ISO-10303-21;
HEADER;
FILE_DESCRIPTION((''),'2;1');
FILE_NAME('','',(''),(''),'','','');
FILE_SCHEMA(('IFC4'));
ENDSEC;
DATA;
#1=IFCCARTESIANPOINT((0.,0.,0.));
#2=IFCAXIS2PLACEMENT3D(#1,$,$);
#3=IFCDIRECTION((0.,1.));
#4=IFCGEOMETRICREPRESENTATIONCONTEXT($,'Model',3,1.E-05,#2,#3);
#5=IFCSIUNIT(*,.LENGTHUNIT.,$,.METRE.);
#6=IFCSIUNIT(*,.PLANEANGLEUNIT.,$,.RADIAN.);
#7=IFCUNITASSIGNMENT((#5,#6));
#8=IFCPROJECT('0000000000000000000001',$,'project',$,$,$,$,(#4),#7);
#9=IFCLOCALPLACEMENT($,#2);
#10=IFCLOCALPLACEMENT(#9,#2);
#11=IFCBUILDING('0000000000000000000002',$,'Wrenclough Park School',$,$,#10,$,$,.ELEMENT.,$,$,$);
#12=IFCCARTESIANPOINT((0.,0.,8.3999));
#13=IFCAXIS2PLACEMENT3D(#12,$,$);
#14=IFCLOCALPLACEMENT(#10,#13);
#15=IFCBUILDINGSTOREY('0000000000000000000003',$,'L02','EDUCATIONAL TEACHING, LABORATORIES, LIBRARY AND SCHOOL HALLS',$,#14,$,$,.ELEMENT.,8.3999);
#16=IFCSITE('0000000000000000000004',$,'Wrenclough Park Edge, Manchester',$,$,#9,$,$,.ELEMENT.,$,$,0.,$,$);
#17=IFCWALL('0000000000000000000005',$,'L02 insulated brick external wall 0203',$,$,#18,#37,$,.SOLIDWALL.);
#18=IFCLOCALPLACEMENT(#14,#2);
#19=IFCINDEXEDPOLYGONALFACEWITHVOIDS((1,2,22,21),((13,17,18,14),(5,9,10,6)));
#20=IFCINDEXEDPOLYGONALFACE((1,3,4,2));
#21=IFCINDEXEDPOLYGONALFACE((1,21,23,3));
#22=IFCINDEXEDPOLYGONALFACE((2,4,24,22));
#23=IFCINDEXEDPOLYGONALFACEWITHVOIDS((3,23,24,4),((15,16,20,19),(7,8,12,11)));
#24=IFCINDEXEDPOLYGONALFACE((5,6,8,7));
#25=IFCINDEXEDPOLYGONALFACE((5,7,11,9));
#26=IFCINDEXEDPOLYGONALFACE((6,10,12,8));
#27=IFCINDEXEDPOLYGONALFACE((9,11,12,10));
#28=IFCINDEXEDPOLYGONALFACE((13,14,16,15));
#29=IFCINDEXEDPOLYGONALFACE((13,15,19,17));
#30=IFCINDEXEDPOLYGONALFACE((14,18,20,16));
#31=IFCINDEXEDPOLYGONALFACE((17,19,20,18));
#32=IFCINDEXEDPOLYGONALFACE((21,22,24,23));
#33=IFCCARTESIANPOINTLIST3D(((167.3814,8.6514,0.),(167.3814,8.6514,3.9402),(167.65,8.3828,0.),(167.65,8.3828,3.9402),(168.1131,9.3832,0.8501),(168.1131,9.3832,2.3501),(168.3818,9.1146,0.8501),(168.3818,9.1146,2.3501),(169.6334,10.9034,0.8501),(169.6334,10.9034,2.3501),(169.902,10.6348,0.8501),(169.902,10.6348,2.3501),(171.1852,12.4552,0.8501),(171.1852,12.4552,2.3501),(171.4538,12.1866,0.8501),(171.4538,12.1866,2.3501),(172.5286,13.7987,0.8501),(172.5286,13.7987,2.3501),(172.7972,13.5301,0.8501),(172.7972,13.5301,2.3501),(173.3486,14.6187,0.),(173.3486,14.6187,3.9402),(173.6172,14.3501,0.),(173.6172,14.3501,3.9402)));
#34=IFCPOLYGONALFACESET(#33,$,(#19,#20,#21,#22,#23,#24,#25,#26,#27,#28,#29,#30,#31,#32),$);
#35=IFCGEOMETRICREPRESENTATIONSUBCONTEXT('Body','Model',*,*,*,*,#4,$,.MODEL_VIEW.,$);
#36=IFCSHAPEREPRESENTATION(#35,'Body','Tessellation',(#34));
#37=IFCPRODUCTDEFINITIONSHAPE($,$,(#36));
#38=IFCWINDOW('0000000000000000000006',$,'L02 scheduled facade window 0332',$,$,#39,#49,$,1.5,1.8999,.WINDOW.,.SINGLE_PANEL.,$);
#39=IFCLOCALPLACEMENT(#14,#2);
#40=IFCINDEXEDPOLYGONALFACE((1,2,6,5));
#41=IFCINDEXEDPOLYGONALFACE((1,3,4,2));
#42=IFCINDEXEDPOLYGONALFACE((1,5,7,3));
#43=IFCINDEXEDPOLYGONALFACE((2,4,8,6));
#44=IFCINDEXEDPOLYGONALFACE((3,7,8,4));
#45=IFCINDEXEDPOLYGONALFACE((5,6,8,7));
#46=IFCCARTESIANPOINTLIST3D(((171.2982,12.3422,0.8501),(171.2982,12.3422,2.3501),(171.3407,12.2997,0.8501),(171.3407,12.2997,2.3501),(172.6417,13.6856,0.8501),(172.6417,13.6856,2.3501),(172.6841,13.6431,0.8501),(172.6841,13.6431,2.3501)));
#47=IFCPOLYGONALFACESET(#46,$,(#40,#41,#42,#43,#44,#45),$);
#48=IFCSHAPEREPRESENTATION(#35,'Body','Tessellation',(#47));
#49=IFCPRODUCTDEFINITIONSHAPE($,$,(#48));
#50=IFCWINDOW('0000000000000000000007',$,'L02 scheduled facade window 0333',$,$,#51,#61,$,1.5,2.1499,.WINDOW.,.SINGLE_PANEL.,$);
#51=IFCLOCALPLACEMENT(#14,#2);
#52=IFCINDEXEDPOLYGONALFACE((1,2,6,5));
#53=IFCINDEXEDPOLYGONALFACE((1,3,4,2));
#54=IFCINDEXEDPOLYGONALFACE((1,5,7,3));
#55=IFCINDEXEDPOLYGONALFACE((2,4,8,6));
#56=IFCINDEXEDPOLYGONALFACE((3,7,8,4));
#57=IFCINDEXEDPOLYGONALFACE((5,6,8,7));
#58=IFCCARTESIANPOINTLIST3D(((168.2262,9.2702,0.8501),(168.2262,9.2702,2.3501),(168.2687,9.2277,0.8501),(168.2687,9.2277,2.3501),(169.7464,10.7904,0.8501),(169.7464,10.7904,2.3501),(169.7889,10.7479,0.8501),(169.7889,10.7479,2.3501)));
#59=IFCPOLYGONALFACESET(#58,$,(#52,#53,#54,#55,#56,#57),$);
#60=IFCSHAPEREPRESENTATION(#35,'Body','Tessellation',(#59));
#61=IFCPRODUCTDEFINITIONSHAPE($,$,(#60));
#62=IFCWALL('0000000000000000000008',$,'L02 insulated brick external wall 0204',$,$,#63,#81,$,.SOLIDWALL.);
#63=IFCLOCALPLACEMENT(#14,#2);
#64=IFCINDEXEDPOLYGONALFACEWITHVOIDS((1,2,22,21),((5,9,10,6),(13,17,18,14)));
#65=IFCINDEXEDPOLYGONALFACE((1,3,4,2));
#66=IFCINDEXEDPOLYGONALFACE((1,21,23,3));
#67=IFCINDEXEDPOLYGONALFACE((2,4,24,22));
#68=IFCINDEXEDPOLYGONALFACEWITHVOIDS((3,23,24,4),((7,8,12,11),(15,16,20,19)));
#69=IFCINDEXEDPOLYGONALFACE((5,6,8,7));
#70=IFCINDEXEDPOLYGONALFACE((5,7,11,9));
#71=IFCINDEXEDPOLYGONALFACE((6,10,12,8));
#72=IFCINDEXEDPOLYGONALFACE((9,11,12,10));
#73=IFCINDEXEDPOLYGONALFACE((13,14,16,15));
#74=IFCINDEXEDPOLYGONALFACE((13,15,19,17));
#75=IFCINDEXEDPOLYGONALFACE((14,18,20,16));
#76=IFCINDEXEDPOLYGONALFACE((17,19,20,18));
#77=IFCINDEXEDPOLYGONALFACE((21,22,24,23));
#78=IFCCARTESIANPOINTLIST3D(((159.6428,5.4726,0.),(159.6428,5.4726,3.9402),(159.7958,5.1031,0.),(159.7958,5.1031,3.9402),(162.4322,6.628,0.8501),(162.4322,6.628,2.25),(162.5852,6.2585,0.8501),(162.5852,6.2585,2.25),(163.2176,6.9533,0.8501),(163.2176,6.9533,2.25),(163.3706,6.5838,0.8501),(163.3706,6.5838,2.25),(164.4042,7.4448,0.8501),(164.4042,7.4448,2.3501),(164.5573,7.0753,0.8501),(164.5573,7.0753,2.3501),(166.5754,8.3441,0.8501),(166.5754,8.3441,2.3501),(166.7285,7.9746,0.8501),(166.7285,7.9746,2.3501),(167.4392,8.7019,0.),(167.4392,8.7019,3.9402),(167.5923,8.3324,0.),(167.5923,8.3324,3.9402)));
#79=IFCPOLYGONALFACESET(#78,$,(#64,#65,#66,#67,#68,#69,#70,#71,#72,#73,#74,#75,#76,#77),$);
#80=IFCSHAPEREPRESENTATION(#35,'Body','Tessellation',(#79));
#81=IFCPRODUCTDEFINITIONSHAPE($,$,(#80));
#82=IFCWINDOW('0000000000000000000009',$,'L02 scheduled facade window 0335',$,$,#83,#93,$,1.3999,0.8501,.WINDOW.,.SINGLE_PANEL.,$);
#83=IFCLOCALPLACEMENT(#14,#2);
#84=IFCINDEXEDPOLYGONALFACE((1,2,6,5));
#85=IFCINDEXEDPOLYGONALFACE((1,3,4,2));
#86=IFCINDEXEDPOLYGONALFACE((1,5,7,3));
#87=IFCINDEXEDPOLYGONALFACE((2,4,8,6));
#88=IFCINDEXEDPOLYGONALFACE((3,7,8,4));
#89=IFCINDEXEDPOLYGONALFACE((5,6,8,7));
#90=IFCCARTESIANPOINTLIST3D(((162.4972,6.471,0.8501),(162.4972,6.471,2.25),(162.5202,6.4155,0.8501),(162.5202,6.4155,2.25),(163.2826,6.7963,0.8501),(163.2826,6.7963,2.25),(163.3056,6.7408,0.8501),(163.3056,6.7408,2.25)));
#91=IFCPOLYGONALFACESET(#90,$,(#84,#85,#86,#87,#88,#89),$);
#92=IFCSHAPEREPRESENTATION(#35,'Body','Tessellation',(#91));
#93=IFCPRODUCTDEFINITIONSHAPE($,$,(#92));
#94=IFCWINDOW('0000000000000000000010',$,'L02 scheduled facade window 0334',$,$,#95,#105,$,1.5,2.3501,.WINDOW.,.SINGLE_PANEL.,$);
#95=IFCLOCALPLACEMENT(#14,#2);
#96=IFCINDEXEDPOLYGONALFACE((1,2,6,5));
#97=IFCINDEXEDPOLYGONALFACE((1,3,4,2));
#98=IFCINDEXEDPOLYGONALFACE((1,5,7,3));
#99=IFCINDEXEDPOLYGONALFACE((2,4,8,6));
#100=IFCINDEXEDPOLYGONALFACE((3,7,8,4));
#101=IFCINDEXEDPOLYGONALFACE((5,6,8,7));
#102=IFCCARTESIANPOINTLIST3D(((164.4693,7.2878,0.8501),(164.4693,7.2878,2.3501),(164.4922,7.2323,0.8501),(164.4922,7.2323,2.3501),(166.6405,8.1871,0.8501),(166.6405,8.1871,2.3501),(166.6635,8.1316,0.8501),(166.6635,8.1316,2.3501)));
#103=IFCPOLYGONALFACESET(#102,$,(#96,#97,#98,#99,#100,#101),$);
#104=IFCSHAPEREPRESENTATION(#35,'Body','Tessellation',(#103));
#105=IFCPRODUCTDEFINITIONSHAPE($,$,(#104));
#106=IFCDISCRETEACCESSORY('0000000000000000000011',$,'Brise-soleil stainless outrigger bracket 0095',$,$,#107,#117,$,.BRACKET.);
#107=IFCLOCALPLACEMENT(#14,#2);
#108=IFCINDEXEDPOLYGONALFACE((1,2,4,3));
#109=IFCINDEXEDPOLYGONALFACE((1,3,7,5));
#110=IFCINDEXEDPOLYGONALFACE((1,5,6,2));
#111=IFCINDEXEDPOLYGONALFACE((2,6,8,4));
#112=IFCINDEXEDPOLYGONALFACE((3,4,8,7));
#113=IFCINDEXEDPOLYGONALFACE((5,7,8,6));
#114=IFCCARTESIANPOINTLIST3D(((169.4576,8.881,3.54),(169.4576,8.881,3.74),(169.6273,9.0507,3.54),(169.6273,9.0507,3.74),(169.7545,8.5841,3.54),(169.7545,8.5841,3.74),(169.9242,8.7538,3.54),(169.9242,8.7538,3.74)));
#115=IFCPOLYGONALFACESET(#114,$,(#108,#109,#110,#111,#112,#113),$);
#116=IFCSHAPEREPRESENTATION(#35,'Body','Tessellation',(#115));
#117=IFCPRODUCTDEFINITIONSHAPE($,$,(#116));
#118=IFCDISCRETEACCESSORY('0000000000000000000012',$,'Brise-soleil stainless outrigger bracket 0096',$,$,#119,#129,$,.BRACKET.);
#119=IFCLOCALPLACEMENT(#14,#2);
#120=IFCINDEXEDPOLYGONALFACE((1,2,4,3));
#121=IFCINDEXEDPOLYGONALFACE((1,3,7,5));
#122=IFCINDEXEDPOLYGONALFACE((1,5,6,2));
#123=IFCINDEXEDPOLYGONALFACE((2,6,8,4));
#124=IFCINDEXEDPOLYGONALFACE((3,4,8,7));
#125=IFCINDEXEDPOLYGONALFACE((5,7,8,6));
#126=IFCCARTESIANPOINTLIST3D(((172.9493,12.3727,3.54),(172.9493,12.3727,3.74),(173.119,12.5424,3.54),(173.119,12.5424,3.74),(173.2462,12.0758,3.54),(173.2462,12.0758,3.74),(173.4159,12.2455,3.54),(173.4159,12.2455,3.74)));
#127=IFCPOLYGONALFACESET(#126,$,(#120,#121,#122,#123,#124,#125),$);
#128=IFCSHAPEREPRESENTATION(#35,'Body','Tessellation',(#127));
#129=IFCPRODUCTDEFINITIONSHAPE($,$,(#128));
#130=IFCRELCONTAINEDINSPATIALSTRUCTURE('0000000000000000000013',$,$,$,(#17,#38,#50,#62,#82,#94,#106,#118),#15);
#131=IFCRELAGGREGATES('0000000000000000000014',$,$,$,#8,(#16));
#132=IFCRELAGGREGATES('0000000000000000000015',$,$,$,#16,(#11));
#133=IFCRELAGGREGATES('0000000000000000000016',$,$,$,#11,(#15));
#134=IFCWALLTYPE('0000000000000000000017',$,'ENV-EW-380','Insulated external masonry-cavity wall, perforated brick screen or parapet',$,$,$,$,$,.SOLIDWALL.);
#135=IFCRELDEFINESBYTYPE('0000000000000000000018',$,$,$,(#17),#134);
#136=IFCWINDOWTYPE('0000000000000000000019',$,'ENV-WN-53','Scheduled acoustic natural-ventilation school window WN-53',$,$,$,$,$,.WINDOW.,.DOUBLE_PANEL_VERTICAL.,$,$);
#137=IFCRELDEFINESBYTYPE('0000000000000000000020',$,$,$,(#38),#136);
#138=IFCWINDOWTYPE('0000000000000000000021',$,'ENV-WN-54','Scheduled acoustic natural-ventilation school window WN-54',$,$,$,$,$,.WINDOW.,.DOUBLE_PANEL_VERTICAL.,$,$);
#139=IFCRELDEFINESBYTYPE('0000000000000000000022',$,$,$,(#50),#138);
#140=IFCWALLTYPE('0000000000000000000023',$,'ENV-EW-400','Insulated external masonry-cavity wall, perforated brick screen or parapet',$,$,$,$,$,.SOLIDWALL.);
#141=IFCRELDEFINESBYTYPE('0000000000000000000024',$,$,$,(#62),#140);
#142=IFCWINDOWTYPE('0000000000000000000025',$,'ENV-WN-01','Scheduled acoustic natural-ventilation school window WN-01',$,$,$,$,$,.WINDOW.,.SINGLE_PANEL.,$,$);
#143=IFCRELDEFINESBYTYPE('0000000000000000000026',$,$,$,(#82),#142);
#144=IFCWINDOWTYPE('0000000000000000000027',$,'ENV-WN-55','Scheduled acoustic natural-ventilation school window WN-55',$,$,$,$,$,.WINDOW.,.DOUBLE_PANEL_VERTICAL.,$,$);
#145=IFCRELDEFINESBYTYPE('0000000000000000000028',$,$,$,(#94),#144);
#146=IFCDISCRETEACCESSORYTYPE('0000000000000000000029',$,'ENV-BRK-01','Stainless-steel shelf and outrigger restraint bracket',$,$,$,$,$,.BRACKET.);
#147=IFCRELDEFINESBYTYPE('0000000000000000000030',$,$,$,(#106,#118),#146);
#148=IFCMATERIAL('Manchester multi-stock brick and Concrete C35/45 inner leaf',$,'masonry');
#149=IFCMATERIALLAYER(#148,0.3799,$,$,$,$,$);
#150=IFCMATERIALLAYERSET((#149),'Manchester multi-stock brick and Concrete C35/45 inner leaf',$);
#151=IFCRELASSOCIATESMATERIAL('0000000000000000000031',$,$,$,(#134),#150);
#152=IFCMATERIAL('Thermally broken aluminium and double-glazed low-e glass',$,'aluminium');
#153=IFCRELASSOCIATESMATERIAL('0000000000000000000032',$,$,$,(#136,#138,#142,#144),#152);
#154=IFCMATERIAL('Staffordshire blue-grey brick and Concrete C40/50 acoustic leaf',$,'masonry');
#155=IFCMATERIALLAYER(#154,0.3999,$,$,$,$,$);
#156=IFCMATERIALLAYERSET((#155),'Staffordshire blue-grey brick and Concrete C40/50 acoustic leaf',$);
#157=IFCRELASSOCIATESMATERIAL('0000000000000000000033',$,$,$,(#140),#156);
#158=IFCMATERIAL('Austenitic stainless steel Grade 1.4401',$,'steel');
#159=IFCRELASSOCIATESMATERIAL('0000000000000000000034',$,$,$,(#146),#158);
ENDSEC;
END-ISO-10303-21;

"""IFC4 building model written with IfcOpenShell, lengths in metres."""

from ifc_helpers import new_model, si_unit, direction, frame, frame_2d, origin, origin_2d, place, context, subcontext, project, spatial, rectangle, extrude, material, layer, layer_set, type_object, element, fill, save


model = new_model("IFC4")

# Units and contexts
model_context = context("Model", 3, precision=1e-05, world=origin(), true_north=direction((0.0, 1.0)))
body_context = subcontext(model_context, "Body", "Model", "MODEL_VIEW")
ifc_project = project(units=[si_unit("LENGTHUNIT", "METRE"), si_unit("PLANEANGLEUNIT", "RADIAN")], contexts=[model_context])

# Site, building, storey
site_placement = place(None, origin())
site = spatial("IfcSite", under=ifc_project, at=site_placement, Name="Wrenclough Park Edge, Manchester", CompositionType="ELEMENT", RefElevation=0.0)
building_placement = place(site_placement, origin())
building = spatial("IfcBuilding", under=site, at=building_placement, Name="Wrenclough Park School", CompositionType="ELEMENT")
storey_placement = place(building_placement, frame((0.0, 0.0, 8.3999)))
storey = spatial("IfcBuildingStorey", under=building, at=storey_placement, Name="L02", Description="EDUCATIONAL TEACHING, LABORATORIES, LIBRARY AND SCHOOL HALLS", CompositionType="ELEMENT", Elevation=8.3999)

# Walls, openings, windows
ifc_material_1 = material(Name="Manchester multi-stock brick and Concrete C35/45 inner leaf", Category="masonry")
ifc_layer_1 = layer(ifc_material_1, 0.3799)
ifc_layer_set_1 = layer_set([ifc_layer_1], Name="Manchester multi-stock brick and Concrete C35/45 inner leaf")
wall_type_1 = type_object("IfcWallType", Name="ENV-EW-380", Description="Insulated external masonry-cavity wall, perforated brick screen or parapet", PredefinedType="SOLIDWALL", material=ifc_layer_set_1)
wall_1_placement = place(storey_placement, frame((173.4829, 14.4844, 0.0), z_axis=(0.0, 0.0, 1.0), x_axis=(-0.707107, -0.707107, 0.0)))
wall_1 = element("IfcWall", 1, at=wall_1_placement, inside=storey, type_object=wall_type_1, Name="L02 insulated brick external wall 0203", PredefinedType="SOLIDWALL", context=body_context, shape_type="SweptSolid", body=[
    extrude(rectangle(XDim=8.439, YDim=0.3799, at=frame_2d((4.2195, 0.0))), origin(), (0.0, 0.0, 1.0), 3.9402),
])
opening_1_placement = place(wall_1_placement, frame((1.1597, 0.0, 0.8501)))
opening_1 = element("IfcOpeningElement", 2, at=opening_1_placement, cuts=wall_1, PredefinedType="OPENING", context=body_context, shape_type="SweptSolid", body=[
    extrude(rectangle(XDim=1.8999, YDim=1.5, at=frame_2d((0.95, 0.75))), frame((0.0, 0.2, 0.0), z_axis=(0.0, -1.0, 0.0), x_axis=(1.0, 0.0, 0.0)), (0.0, 0.0, 1.0), 0.3999),
])
opening_2_placement = place(wall_1_placement, frame((5.2542, 0.0, 0.8501)))
opening_2 = element("IfcOpeningElement", 3, at=opening_2_placement, cuts=wall_1, PredefinedType="OPENING", context=body_context, shape_type="SweptSolid", body=[
    extrude(rectangle(XDim=2.1499, YDim=1.5, at=frame_2d((1.075, 0.75))), frame((0.0, 0.2, 0.0), z_axis=(0.0, -1.0, 0.0), x_axis=(1.0, 0.0, 0.0)), (0.0, 0.0, 1.0), 0.3999),
])
ifc_material_2 = material(Name="Thermally broken aluminium and double-glazed low-e glass", Category="aluminium")
window_type_1 = type_object("IfcWindowType", Name="ENV-WN-53", Description="Scheduled acoustic natural-ventilation school window WN-53", PartitioningType="DOUBLE_PANEL_VERTICAL", PredefinedType="WINDOW", material=ifc_material_2)
window_1_placement = place(opening_1_placement, origin())
window_1 = element("IfcWindow", 4, at=window_1_placement, inside=storey, type_object=window_type_1, Name="L02 scheduled facade window 0332", OverallHeight=1.5, OverallWidth=1.8999, PartitioningType="SINGLE_PANEL", PredefinedType="WINDOW", context=body_context, shape_type="SweptSolid", body=[
    extrude(rectangle(XDim=1.8999, YDim=1.5, at=frame_2d((0.95, 0.75))), frame((0.0, 0.03, 0.0), z_axis=(0.0, -1.0, 0.0), x_axis=(1.0, 0.0, 0.0)), (0.0, 0.0, 1.0), 0.0601),
])
fill(opening_1, window_1)
window_type_2 = type_object("IfcWindowType", Name="ENV-WN-54", Description="Scheduled acoustic natural-ventilation school window WN-54", PartitioningType="DOUBLE_PANEL_VERTICAL", PredefinedType="WINDOW", material=ifc_material_2)
window_2_placement = place(opening_2_placement, origin())
window_2 = element("IfcWindow", 5, at=window_2_placement, inside=storey, type_object=window_type_2, Name="L02 scheduled facade window 0333", OverallHeight=1.5, OverallWidth=2.1499, PartitioningType="SINGLE_PANEL", PredefinedType="WINDOW", context=body_context, shape_type="SweptSolid", body=[
    extrude(rectangle(XDim=2.1499, YDim=1.5, at=frame_2d((1.075, 0.75))), frame((0.0, 0.03, 0.0), z_axis=(0.0, -1.0, 0.0), x_axis=(1.0, 0.0, 0.0)), (0.0, 0.0, 1.0), 0.0601),
])
fill(opening_2, window_2)
ifc_material_3 = material(Name="Staffordshire blue-grey brick and Concrete C40/50 acoustic leaf", Category="masonry")
ifc_layer_2 = layer(ifc_material_3, 0.3999)
ifc_layer_set_2 = layer_set([ifc_layer_2], Name="Staffordshire blue-grey brick and Concrete C40/50 acoustic leaf")
wall_type_2 = type_object("IfcWallType", Name="ENV-EW-400", Description="Insulated external masonry-cavity wall, perforated brick screen or parapet", PredefinedType="SOLIDWALL", material=ifc_layer_set_2)
wall_2_placement = place(storey_placement, frame((167.5156, 8.5171, 0.0), z_axis=(0.0, 0.0, 1.0), x_axis=(-0.923885, -0.382671, 0.0)))
wall_2 = element("IfcWall", 6, at=wall_2_placement, inside=storey, type_object=wall_type_2, Name="L02 insulated brick external wall 0204", PredefinedType="SOLIDWALL", context=body_context, shape_type="SweptSolid", body=[
    extrude(rectangle(XDim=8.4387, YDim=0.3999, at=frame_2d((4.2192, 0.0))), origin(), (0.0, 0.0, 1.0), 3.9402),
])
opening_3_placement = place(wall_2_placement, frame((0.9348, 0.0, 0.8501)))
opening_3 = element("IfcOpeningElement", 7, at=opening_3_placement, cuts=wall_2, PredefinedType="OPENING", context=body_context, shape_type="SweptSolid", body=[
    extrude(rectangle(XDim=2.3501, YDim=1.5, at=frame_2d((1.175, 0.75))), frame((0.0, 0.21, 0.0), z_axis=(0.0, -1.0, 0.0), x_axis=(1.0, 0.0, 0.0)), (0.0, 0.0, 1.0), 0.4199),
])
opening_4_placement = place(wall_2_placement, frame((4.5693, 0.0, 0.8501)))
opening_4 = element("IfcOpeningElement", 8, at=opening_4_placement, cuts=wall_2, PredefinedType="OPENING", context=body_context, shape_type="SweptSolid", body=[
    extrude(rectangle(XDim=0.8501, YDim=1.3999, at=frame_2d((0.425, 0.7))), frame((0.0, 0.21, 0.0), z_axis=(0.0, -1.0, 0.0), x_axis=(1.0, 0.0, 0.0)), (0.0, 0.0, 1.0), 0.4199),
])
window_type_3 = type_object("IfcWindowType", Name="ENV-WN-01", Description="Scheduled acoustic natural-ventilation school window WN-01", PartitioningType="SINGLE_PANEL", PredefinedType="WINDOW", material=ifc_material_2)
window_3_placement = place(opening_4_placement, origin())
window_3 = element("IfcWindow", 9, at=window_3_placement, inside=storey, type_object=window_type_3, Name="L02 scheduled facade window 0335", OverallHeight=1.3999, OverallWidth=0.8501, PartitioningType="SINGLE_PANEL", PredefinedType="WINDOW", context=body_context, shape_type="SweptSolid", body=[
    extrude(rectangle(XDim=0.8501, YDim=1.3999, at=frame_2d((0.425, 0.7))), frame((0.0, 0.03, 0.0), z_axis=(0.0, -1.0, 0.0), x_axis=(1.0, 0.0, 0.0)), (0.0, 0.0, 1.0), 0.0601),
])
fill(opening_4, window_3)
window_type_4 = type_object("IfcWindowType", Name="ENV-WN-55", Description="Scheduled acoustic natural-ventilation school window WN-55", PartitioningType="DOUBLE_PANEL_VERTICAL", PredefinedType="WINDOW", material=ifc_material_2)
window_4_placement = place(opening_3_placement, origin())
window_4 = element("IfcWindow", 10, at=window_4_placement, inside=storey, type_object=window_type_4, Name="L02 scheduled facade window 0334", OverallHeight=1.5, OverallWidth=2.3501, PartitioningType="SINGLE_PANEL", PredefinedType="WINDOW", context=body_context, shape_type="SweptSolid", body=[
    extrude(rectangle(XDim=2.3501, YDim=1.5, at=frame_2d((1.175, 0.75))), frame((0.0, 0.03, 0.0), z_axis=(0.0, -1.0, 0.0), x_axis=(1.0, 0.0, 0.0)), (0.0, 0.0, 1.0), 0.0601),
])
fill(opening_3, window_4)

# Discrete accessories
ifc_material_4 = material(Name="Austenitic stainless steel Grade 1.4401", Category="steel")
discrete_accessory_type = type_object("IfcDiscreteAccessoryType", Name="ENV-BRK-01", Description="Stainless-steel shelf and outrigger restraint bracket", PredefinedType="BRACKET", material=ifc_material_4)
for number, where, z_axis, x_axis, name in (
    (11, (169.6909, 8.8174, 3.54), (0.0, 0.0, 1.0), (0.707107, 0.707107, 0.0), "Brise-soleil stainless outrigger bracket 0095"),
    (12, (173.1826, 12.3091, 3.54), (0.0, 0.0, 1.0), (0.707107, 0.707107, 0.0), "Brise-soleil stainless outrigger bracket 0096"),
):
    element("IfcDiscreteAccessory", number, at=place(storey_placement, frame(where, z_axis=z_axis, x_axis=x_axis)), inside=storey, type_object=discrete_accessory_type, Name=name, PredefinedType="BRACKET", context=body_context, shape_type="SweptSolid", body=[
        extrude(rectangle(XDim=0.24, YDim=0.4199, at=origin_2d()), origin(), (0.0, 0.0, 1.0), 0.2),
    ])

save(model, "model.ifc")
